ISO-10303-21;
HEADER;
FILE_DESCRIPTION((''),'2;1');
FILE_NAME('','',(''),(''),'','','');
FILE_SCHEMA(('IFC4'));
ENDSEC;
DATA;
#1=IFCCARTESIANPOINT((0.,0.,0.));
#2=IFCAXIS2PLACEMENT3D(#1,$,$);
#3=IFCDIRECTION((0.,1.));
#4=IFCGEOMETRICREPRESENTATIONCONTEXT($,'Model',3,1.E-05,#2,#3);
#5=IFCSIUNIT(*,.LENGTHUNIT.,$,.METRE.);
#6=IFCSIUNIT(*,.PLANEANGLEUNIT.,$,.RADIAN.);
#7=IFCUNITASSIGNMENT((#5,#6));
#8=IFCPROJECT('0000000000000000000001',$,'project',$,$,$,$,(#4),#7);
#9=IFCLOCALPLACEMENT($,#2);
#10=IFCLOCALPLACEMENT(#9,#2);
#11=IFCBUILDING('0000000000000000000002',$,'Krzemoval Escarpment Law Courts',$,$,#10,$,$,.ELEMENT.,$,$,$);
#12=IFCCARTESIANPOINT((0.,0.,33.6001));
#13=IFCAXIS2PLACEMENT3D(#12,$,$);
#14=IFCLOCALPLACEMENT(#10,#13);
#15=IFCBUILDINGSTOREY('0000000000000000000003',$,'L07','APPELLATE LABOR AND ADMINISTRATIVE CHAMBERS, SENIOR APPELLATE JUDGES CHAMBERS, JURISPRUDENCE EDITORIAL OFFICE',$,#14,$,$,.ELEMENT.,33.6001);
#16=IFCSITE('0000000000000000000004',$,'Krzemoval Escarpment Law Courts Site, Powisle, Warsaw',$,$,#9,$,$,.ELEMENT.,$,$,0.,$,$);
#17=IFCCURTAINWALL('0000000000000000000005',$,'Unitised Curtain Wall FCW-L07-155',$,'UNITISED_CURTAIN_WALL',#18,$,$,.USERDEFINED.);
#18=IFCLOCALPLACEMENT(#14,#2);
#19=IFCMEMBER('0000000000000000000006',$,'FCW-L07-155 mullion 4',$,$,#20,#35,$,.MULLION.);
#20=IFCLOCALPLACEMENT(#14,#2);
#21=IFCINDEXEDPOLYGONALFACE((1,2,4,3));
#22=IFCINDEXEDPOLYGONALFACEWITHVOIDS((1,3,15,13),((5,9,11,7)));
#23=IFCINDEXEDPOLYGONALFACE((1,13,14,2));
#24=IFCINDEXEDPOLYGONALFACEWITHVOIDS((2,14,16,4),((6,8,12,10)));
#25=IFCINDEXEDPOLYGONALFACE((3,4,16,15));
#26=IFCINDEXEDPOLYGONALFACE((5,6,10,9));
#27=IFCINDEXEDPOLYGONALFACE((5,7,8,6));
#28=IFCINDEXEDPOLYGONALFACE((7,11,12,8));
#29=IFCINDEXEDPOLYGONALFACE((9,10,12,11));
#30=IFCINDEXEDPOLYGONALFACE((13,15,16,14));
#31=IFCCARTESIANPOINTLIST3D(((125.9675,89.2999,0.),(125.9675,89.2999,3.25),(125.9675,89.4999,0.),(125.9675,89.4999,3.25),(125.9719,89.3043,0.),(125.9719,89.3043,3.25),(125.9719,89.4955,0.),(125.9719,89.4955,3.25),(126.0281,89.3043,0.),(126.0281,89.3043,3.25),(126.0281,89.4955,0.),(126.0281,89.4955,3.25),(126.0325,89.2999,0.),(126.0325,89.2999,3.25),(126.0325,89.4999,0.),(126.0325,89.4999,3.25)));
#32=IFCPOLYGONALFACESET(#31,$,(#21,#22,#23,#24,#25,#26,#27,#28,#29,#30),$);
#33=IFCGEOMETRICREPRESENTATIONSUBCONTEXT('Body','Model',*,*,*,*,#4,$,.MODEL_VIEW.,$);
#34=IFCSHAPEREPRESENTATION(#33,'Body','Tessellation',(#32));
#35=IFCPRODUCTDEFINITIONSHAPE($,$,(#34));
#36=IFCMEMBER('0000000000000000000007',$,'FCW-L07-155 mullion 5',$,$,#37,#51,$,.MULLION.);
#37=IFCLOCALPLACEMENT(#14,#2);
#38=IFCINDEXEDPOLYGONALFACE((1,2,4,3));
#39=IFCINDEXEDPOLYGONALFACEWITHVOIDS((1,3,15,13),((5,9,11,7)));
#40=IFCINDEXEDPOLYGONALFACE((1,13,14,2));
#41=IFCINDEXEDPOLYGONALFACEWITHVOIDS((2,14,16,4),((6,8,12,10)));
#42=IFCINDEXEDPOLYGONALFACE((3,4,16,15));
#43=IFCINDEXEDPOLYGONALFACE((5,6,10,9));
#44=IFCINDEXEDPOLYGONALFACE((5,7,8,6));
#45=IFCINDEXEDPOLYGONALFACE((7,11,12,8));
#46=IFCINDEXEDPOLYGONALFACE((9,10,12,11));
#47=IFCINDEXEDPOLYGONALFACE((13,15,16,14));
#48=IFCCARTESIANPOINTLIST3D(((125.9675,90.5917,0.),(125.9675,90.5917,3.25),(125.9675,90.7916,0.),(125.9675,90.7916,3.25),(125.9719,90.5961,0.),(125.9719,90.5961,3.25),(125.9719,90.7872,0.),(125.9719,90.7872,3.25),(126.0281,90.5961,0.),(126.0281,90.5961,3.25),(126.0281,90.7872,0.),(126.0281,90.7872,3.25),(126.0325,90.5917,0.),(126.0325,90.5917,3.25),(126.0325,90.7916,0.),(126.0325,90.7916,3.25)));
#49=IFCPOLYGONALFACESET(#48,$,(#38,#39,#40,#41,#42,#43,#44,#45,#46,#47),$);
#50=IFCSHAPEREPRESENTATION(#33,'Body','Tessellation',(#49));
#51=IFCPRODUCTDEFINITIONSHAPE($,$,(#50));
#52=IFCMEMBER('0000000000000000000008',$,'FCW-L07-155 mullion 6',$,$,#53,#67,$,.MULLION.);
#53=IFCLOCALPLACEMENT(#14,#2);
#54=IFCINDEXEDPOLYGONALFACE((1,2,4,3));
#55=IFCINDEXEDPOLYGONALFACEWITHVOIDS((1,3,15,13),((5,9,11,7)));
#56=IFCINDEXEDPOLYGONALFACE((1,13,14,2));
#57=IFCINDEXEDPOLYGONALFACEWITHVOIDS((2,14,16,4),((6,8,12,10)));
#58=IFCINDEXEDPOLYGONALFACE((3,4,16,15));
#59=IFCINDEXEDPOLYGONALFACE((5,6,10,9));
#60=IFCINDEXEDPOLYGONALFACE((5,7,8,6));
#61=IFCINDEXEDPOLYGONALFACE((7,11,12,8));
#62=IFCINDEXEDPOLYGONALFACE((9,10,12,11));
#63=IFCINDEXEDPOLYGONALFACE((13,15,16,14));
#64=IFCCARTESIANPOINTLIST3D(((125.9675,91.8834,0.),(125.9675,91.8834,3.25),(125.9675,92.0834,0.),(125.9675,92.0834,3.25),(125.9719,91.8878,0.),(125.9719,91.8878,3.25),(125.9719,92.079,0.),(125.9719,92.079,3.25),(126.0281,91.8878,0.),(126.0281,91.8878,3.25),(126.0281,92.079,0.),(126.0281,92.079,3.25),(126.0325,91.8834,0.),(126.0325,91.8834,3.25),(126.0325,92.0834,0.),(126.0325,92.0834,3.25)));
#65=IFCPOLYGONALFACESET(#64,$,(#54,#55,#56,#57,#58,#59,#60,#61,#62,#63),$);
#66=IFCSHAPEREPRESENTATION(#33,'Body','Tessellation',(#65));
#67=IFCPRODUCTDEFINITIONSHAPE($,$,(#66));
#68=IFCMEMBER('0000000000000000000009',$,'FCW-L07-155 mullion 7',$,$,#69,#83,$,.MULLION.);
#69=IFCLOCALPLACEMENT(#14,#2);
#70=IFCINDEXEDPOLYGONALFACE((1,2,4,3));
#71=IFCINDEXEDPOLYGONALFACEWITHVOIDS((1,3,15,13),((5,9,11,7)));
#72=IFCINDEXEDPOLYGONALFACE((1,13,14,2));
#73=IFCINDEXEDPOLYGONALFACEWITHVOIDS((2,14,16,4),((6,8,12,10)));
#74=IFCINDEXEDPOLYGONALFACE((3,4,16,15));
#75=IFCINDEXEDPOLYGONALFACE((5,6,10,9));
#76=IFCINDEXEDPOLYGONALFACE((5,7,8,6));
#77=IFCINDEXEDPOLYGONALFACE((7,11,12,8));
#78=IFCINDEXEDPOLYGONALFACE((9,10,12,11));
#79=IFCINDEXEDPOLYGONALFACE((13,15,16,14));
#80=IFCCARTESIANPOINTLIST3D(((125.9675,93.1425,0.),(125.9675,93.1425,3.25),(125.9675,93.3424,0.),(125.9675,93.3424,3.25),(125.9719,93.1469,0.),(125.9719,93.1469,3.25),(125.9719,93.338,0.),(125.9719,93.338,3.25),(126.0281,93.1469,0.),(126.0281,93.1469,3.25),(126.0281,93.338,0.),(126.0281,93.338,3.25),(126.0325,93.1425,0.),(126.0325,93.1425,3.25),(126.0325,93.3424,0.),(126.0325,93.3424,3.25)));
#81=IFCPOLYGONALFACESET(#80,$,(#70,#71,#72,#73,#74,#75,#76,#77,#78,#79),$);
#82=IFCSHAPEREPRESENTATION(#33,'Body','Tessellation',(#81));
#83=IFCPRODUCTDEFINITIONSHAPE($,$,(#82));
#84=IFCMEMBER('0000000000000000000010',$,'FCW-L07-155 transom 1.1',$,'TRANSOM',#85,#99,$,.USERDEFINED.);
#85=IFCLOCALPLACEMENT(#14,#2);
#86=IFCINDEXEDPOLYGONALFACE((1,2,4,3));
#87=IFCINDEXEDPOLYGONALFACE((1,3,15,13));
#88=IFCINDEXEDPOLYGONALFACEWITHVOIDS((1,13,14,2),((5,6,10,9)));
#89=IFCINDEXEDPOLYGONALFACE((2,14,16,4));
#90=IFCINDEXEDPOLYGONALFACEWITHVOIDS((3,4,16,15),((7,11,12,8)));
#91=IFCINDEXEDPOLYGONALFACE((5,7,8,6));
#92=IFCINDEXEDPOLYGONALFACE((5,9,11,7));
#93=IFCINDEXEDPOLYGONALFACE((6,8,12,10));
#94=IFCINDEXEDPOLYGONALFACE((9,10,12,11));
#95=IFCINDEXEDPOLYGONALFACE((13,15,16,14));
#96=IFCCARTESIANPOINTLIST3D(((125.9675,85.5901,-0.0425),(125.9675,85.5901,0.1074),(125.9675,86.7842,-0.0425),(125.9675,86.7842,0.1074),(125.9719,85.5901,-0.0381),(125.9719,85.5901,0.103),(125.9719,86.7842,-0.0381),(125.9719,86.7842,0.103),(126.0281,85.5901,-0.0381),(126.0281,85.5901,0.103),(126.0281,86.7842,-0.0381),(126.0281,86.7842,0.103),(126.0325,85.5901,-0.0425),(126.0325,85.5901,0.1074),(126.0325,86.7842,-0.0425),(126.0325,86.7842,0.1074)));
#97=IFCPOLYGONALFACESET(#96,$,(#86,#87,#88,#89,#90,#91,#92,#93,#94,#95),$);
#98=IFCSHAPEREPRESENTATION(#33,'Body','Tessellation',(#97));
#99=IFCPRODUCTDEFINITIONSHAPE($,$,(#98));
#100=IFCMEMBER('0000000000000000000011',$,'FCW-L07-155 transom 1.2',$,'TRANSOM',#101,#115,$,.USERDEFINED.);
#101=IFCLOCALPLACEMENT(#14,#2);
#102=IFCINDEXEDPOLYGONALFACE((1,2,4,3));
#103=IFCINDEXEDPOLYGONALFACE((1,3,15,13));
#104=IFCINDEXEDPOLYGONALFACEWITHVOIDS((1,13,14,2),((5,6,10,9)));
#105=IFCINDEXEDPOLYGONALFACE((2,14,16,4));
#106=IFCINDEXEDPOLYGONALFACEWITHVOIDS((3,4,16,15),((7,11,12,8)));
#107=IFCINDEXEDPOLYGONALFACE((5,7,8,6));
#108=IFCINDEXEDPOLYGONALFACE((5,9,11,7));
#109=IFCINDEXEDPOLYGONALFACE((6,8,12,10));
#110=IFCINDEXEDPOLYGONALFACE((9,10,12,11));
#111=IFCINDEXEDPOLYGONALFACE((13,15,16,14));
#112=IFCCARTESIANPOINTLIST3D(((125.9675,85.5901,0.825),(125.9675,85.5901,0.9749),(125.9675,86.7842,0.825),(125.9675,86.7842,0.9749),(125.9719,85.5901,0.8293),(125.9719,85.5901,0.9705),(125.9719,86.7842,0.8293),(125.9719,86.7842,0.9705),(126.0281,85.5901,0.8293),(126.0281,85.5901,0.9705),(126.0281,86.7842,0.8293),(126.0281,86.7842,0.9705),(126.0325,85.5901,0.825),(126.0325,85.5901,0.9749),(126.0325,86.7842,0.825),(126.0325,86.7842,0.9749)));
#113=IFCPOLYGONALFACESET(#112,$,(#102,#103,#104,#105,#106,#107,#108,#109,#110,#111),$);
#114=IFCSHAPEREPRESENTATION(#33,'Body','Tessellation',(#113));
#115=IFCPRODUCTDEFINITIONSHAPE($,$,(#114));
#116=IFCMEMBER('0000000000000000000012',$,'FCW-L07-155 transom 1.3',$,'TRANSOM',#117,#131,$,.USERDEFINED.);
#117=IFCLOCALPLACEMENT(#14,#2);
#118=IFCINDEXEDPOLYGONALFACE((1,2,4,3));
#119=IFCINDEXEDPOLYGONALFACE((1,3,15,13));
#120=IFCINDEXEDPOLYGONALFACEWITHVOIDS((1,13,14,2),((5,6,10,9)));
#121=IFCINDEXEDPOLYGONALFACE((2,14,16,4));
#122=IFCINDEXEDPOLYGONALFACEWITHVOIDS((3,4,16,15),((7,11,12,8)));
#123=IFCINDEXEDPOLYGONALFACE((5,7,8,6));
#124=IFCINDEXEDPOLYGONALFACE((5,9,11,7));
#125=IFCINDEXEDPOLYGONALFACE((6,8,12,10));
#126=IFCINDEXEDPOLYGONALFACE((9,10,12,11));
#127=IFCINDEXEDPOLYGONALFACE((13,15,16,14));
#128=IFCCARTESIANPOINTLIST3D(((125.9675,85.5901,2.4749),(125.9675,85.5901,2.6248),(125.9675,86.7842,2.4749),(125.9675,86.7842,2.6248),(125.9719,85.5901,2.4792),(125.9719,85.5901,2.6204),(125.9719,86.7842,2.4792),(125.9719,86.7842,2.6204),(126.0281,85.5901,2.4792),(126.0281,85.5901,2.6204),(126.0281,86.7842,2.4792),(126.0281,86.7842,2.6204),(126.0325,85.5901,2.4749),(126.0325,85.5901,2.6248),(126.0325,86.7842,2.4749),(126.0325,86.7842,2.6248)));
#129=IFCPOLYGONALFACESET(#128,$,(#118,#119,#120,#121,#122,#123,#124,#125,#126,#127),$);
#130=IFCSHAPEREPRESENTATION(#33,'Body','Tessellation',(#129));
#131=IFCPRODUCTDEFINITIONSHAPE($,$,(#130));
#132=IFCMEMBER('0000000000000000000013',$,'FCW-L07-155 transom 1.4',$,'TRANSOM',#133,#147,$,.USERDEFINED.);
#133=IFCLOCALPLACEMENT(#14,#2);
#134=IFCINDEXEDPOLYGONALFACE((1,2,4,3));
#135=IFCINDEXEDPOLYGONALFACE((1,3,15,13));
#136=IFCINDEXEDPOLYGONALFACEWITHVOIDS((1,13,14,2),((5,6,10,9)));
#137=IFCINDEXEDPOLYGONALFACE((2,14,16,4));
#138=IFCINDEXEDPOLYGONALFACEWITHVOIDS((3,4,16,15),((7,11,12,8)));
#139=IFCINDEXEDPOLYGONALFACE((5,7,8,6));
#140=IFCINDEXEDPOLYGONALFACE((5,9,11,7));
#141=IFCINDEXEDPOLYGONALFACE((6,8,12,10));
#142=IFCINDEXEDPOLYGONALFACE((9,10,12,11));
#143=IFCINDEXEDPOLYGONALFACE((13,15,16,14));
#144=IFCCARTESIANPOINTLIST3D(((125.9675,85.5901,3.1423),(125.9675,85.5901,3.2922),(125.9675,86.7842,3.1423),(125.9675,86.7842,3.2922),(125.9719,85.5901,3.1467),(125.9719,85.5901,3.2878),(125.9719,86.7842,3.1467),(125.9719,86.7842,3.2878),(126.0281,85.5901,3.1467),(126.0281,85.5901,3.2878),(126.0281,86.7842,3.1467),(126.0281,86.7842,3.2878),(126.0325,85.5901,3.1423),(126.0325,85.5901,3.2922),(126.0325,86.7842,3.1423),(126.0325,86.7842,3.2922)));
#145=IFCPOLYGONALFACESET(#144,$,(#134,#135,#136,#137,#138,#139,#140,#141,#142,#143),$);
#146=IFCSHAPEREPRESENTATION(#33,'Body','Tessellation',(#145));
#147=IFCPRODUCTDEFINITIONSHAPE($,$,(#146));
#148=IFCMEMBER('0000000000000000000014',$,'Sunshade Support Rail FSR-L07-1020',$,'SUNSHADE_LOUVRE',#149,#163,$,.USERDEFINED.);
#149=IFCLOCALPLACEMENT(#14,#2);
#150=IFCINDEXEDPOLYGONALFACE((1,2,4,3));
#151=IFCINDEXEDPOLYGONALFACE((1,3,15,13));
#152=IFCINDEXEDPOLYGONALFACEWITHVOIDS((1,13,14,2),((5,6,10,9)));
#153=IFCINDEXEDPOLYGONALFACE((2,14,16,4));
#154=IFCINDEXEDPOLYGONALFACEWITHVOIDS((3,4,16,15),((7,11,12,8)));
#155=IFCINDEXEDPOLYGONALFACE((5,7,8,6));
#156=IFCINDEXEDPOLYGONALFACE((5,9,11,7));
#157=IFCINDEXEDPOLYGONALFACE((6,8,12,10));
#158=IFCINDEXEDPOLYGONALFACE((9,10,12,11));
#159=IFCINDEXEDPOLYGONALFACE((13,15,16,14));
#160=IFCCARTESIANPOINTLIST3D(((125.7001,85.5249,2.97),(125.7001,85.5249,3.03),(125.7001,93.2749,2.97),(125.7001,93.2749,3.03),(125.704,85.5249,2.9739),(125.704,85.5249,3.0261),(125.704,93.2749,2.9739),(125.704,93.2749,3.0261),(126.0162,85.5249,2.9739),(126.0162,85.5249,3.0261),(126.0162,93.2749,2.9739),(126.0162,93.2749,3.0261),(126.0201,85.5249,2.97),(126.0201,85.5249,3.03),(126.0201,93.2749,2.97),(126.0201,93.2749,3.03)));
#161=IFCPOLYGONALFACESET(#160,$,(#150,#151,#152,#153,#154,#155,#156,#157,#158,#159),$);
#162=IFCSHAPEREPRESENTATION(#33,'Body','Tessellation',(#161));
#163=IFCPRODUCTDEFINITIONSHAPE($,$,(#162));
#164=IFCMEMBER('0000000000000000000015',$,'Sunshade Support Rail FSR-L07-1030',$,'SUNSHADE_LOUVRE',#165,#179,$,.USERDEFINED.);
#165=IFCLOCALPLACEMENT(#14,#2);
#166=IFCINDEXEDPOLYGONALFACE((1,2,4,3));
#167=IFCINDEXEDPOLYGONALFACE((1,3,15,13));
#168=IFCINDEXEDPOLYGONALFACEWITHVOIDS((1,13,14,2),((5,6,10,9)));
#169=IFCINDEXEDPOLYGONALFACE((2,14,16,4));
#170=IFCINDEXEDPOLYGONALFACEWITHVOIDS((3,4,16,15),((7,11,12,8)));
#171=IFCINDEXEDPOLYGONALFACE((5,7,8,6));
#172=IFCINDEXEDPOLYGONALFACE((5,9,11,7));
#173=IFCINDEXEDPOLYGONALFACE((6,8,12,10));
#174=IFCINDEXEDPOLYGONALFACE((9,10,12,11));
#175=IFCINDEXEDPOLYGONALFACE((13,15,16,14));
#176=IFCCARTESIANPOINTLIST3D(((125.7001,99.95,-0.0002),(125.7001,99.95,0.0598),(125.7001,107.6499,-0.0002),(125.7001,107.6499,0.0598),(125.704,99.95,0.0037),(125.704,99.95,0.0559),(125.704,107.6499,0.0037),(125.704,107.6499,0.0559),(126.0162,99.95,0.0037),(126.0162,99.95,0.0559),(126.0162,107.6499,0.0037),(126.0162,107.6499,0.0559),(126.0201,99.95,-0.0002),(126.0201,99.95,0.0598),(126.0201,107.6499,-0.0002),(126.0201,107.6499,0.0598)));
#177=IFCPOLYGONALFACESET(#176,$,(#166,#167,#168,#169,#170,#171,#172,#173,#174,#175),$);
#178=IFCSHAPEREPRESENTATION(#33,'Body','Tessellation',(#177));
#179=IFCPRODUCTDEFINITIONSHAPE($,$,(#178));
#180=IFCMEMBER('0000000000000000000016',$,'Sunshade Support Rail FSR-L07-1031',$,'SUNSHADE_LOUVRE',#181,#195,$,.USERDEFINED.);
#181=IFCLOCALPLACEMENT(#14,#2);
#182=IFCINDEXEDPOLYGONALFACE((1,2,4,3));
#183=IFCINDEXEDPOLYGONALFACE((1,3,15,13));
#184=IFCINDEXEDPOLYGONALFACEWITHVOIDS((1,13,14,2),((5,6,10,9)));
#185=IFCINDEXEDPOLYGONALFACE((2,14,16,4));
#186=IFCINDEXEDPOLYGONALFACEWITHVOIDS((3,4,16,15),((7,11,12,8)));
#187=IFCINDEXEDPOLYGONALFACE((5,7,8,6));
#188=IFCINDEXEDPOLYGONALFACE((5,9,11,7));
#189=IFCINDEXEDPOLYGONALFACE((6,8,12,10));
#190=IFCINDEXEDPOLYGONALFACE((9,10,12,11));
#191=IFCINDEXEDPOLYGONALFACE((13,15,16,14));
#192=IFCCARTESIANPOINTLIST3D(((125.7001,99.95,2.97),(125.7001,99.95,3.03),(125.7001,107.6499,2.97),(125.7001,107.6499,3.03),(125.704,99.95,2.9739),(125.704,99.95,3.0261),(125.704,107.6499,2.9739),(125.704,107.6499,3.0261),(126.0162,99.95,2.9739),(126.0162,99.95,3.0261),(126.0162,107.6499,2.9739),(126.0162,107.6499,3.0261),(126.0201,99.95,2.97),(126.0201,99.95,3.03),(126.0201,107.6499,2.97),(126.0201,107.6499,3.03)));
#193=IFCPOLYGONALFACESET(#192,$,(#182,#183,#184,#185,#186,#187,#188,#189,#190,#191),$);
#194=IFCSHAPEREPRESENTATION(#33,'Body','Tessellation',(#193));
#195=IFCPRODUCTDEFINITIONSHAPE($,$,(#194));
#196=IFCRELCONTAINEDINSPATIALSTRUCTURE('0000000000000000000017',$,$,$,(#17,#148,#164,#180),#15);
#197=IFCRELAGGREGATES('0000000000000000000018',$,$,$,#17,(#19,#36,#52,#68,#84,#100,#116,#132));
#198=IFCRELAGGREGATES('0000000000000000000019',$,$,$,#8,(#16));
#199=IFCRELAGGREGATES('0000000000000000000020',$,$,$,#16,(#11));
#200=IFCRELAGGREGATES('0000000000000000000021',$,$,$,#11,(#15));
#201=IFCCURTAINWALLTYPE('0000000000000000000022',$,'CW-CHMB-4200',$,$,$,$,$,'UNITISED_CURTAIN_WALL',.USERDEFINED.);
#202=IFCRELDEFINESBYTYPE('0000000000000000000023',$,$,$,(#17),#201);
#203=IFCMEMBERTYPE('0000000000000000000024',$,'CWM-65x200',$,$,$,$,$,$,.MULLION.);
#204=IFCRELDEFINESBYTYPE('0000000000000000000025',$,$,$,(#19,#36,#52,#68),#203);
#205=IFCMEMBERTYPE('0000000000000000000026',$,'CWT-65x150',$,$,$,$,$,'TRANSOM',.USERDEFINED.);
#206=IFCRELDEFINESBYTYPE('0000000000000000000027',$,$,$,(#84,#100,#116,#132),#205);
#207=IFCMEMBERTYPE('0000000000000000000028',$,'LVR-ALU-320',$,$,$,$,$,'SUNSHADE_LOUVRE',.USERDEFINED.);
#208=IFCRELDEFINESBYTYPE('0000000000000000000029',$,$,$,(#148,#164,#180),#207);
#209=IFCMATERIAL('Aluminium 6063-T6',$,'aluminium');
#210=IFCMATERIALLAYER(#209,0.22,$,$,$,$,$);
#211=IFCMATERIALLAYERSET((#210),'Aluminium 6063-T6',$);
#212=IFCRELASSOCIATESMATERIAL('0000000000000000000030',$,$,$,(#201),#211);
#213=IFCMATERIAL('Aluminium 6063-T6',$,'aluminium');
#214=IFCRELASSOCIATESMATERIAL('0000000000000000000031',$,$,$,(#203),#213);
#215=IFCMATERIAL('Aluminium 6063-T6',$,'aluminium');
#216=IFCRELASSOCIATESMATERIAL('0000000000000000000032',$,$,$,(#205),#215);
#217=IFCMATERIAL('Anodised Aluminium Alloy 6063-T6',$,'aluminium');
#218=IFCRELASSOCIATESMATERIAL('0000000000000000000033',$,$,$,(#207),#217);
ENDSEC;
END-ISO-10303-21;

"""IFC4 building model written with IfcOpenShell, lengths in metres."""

from ifc_helpers import new_model, si_unit, direction, frame, origin, origin_2d, place, context, subcontext, project, spatial, hollow_rectangle, extrude, material, layer, layer_set, material_profile, profile_set, type_object, element, aggregate, save


model = new_model("IFC4")

# Units and contexts
model_context = context("Model", 3, precision=1e-05, world=origin(), true_north=direction((0.0, 1.0)))
body_context = subcontext(model_context, "Body", "Model", "MODEL_VIEW")
ifc_project = project(units=[si_unit("LENGTHUNIT", "METRE"), si_unit("PLANEANGLEUNIT", "RADIAN")], contexts=[model_context])

# Site, building, storey
site_placement = place(None, origin())
site = spatial("IfcSite", under=ifc_project, at=site_placement, Name="Krzemoval Escarpment Law Courts Site, Powisle, Warsaw", CompositionType="ELEMENT", RefElevation=0.0)
building_placement = place(site_placement, origin())
building = spatial("IfcBuilding", under=site, at=building_placement, Name="Krzemoval Escarpment Law Courts", CompositionType="ELEMENT")
storey_placement = place(building_placement, frame((0.0, 0.0, 33.6001)))
storey = spatial("IfcBuildingStorey", under=building, at=storey_placement, Name="L07", Description="APPELLATE LABOR AND ADMINISTRATIVE CHAMBERS, SENIOR APPELLATE JUDGES CHAMBERS, JURISPRUDENCE EDITORIAL OFFICE", CompositionType="ELEMENT", Elevation=33.6001)

# Curtain wall, members
ifc_material_1 = material(Name="Aluminium 6063-T6", Category="aluminium")
ifc_layer_1 = layer(ifc_material_1, 0.22)
ifc_layer_set_1 = layer_set([ifc_layer_1], Name="Aluminium 6063-T6")
curtain_wall_type = type_object("IfcCurtainWallType", Name="CW-CHMB-4200", ElementType="UNITISED_CURTAIN_WALL", PredefinedType="USERDEFINED", material=ifc_layer_set_1)
curtain_wall_placement = place(storey_placement, origin())
curtain_wall = element("IfcCurtainWall", 1, at=curtain_wall_placement, inside=storey, type_object=curtain_wall_type, Name="Unitised Curtain Wall FCW-L07-155", ObjectType="UNITISED_CURTAIN_WALL", PredefinedType="USERDEFINED")
ifc_material_2 = material(Name="Aluminium 6063-T6", Category="aluminium")
ifc_material_profile_1 = material_profile(ifc_material_2, hollow_rectangle(XDim=0.0649, YDim=0.2, WallThickness=0.0044, at=origin_2d()), Name="ALU M65x200")
ifc_profile_set_1 = profile_set([ifc_material_profile_1], Name="Aluminium 6063-T6")
member_type_1 = type_object("IfcMemberType", Name="CWM-65x200", PredefinedType="MULLION", material=ifc_profile_set_1)
member_1_placement = place(storey_placement, frame((126.0, 89.3999, 0.0), z_axis=(0.0, 0.0, 1.0), x_axis=(-1.0, 0.0, 0.0)))
member_1 = element("IfcMember", 2, at=member_1_placement, type_object=member_type_1, Name="FCW-L07-155 mullion 4", PredefinedType="MULLION", context=body_context, shape_type="SweptSolid", body=[
    extrude(hollow_rectangle(XDim=0.0649, YDim=0.2, WallThickness=0.0044, at=origin_2d()), origin(), (0.0, 0.0, 1.0), 3.25),
])
member_2_placement = place(storey_placement, frame((126.0, 90.6917, 0.0), z_axis=(0.0, 0.0, 1.0), x_axis=(-1.0, 0.0, 0.0)))
member_2 = element("IfcMember", 3, at=member_2_placement, type_object=member_type_1, Name="FCW-L07-155 mullion 5", PredefinedType="MULLION", context=body_context, shape_type="SweptSolid", body=[
    extrude(hollow_rectangle(XDim=0.0649, YDim=0.2, WallThickness=0.0044, at=origin_2d()), origin(), (0.0, 0.0, 1.0), 3.25),
])
member_3_placement = place(storey_placement, frame((126.0, 91.9834, 0.0), z_axis=(0.0, 0.0, 1.0), x_axis=(-1.0, 0.0, 0.0)))
member_3 = element("IfcMember", 4, at=member_3_placement, type_object=member_type_1, Name="FCW-L07-155 mullion 6", PredefinedType="MULLION", context=body_context, shape_type="SweptSolid", body=[
    extrude(hollow_rectangle(XDim=0.0649, YDim=0.2, WallThickness=0.0044, at=origin_2d()), origin(), (0.0, 0.0, 1.0), 3.25),
])
member_4_placement = place(storey_placement, frame((126.0, 93.2424, 0.0), z_axis=(0.0, 0.0, 1.0), x_axis=(-1.0, 0.0, 0.0)))
member_4 = element("IfcMember", 5, at=member_4_placement, type_object=member_type_1, Name="FCW-L07-155 mullion 7", PredefinedType="MULLION", context=body_context, shape_type="SweptSolid", body=[
    extrude(hollow_rectangle(XDim=0.0649, YDim=0.2, WallThickness=0.0044, at=origin_2d()), origin(), (0.0, 0.0, 1.0), 3.25),
])
ifc_material_3 = material(Name="Aluminium 6063-T6", Category="aluminium")
ifc_material_profile_2 = material_profile(ifc_material_3, hollow_rectangle(XDim=0.0649, YDim=0.1499, WallThickness=0.0044, at=origin_2d()), Name="ALU T65x150")
ifc_profile_set_2 = profile_set([ifc_material_profile_2], Name="Aluminium 6063-T6")
member_type_2 = type_object("IfcMemberType", Name="CWT-65x150", ElementType="TRANSOM", PredefinedType="USERDEFINED", material=ifc_profile_set_2)
member_5_placement = place(storey_placement, frame((126.0, 85.5901, 0.0325), z_axis=(0.0, 1.0, 0.0), x_axis=(-1.0, 0.0, 0.0)))
member_5 = element("IfcMember", 6, at=member_5_placement, type_object=member_type_2, Name="FCW-L07-155 transom 1.1", ObjectType="TRANSOM", PredefinedType="USERDEFINED", context=body_context, shape_type="SweptSolid", body=[
    extrude(hollow_rectangle(XDim=0.0649, YDim=0.1499, WallThickness=0.0044, at=origin_2d()), origin(), (0.0, 0.0, 1.0), 1.1941),
])
member_6_placement = place(storey_placement, frame((126.0, 85.5901, 0.8999), z_axis=(0.0, 1.0, 0.0), x_axis=(-1.0, 0.0, 0.0)))
member_6 = element("IfcMember", 7, at=member_6_placement, type_object=member_type_2, Name="FCW-L07-155 transom 1.2", ObjectType="TRANSOM", PredefinedType="USERDEFINED", context=body_context, shape_type="SweptSolid", body=[
    extrude(hollow_rectangle(XDim=0.0649, YDim=0.1499, WallThickness=0.0044, at=origin_2d()), origin(), (0.0, 0.0, 1.0), 1.1941),
])
member_7_placement = place(storey_placement, frame((126.0, 85.5901, 2.5498), z_axis=(0.0, 1.0, 0.0), x_axis=(-1.0, 0.0, 0.0)))
member_7 = element("IfcMember", 8, at=member_7_placement, type_object=member_type_2, Name="FCW-L07-155 transom 1.3", ObjectType="TRANSOM", PredefinedType="USERDEFINED", context=body_context, shape_type="SweptSolid", body=[
    extrude(hollow_rectangle(XDim=0.0649, YDim=0.1499, WallThickness=0.0044, at=origin_2d()), origin(), (0.0, 0.0, 1.0), 1.1941),
])
member_8_placement = place(storey_placement, frame((126.0, 85.5901, 3.2173), z_axis=(0.0, 1.0, 0.0), x_axis=(-1.0, 0.0, 0.0)))
member_8 = element("IfcMember", 9, at=member_8_placement, type_object=member_type_2, Name="FCW-L07-155 transom 1.4", ObjectType="TRANSOM", PredefinedType="USERDEFINED", context=body_context, shape_type="SweptSolid", body=[
    extrude(hollow_rectangle(XDim=0.0649, YDim=0.1499, WallThickness=0.0044, at=origin_2d()), origin(), (0.0, 0.0, 1.0), 1.1941),
])

# Members
ifc_material_4 = material(Name="Anodised Aluminium Alloy 6063-T6", Category="aluminium")
ifc_material_profile_3 = material_profile(ifc_material_4, hollow_rectangle(XDim=0.0601, YDim=0.3201, WallThickness=0.0039, at=origin_2d()), Name="ALU LVR 60x320")
ifc_profile_set_3 = profile_set([ifc_material_profile_3], Name="Anodised Aluminium Alloy 6063-T6")
member_type_3 = type_object("IfcMemberType", Name="LVR-ALU-320", ElementType="SUNSHADE_LOUVRE", PredefinedType="USERDEFINED", material=ifc_profile_set_3)
member_9_placement = place(storey_placement, frame((125.8601, 85.5249, 3.0), z_axis=(0.0, 1.0, 0.0), x_axis=(0.0, 0.0, 1.0)))
element("IfcMember", 10, at=member_9_placement, inside=storey, type_object=member_type_3, Name="Sunshade Support Rail FSR-L07-1020", ObjectType="SUNSHADE_LOUVRE", PredefinedType="USERDEFINED", context=body_context, shape_type="SweptSolid", body=[
    extrude(hollow_rectangle(XDim=0.0601, YDim=0.3201, WallThickness=0.0039, at=origin_2d()), origin(), (0.0, 0.0, 1.0), 7.75),
])
for number, where, z_axis, x_axis, name in (
    (11, (125.8601, 99.95, 0.0298), (0.0, 1.0, 0.0), (0.0, 0.0, 1.0), "Sunshade Support Rail FSR-L07-1030"),
    (12, (125.8601, 99.95, 3.0), (0.0, 1.0, 0.0), (0.0, 0.0, 1.0), "Sunshade Support Rail FSR-L07-1031"),
):
    element("IfcMember", number, at=place(storey_placement, frame(where, z_axis=z_axis, x_axis=x_axis)), inside=storey, type_object=member_type_3, Name=name, ObjectType="SUNSHADE_LOUVRE", PredefinedType="USERDEFINED", context=body_context, shape_type="SweptSolid", body=[
        extrude(hollow_rectangle(XDim=0.0601, YDim=0.3201, WallThickness=0.0039, at=origin_2d()), origin(), (0.0, 0.0, 1.0), 7.7),
    ])

aggregate(curtain_wall, [member_1, member_2, member_3, member_4, member_5, member_6, member_7, member_8])

save(model, "model.ifc")
